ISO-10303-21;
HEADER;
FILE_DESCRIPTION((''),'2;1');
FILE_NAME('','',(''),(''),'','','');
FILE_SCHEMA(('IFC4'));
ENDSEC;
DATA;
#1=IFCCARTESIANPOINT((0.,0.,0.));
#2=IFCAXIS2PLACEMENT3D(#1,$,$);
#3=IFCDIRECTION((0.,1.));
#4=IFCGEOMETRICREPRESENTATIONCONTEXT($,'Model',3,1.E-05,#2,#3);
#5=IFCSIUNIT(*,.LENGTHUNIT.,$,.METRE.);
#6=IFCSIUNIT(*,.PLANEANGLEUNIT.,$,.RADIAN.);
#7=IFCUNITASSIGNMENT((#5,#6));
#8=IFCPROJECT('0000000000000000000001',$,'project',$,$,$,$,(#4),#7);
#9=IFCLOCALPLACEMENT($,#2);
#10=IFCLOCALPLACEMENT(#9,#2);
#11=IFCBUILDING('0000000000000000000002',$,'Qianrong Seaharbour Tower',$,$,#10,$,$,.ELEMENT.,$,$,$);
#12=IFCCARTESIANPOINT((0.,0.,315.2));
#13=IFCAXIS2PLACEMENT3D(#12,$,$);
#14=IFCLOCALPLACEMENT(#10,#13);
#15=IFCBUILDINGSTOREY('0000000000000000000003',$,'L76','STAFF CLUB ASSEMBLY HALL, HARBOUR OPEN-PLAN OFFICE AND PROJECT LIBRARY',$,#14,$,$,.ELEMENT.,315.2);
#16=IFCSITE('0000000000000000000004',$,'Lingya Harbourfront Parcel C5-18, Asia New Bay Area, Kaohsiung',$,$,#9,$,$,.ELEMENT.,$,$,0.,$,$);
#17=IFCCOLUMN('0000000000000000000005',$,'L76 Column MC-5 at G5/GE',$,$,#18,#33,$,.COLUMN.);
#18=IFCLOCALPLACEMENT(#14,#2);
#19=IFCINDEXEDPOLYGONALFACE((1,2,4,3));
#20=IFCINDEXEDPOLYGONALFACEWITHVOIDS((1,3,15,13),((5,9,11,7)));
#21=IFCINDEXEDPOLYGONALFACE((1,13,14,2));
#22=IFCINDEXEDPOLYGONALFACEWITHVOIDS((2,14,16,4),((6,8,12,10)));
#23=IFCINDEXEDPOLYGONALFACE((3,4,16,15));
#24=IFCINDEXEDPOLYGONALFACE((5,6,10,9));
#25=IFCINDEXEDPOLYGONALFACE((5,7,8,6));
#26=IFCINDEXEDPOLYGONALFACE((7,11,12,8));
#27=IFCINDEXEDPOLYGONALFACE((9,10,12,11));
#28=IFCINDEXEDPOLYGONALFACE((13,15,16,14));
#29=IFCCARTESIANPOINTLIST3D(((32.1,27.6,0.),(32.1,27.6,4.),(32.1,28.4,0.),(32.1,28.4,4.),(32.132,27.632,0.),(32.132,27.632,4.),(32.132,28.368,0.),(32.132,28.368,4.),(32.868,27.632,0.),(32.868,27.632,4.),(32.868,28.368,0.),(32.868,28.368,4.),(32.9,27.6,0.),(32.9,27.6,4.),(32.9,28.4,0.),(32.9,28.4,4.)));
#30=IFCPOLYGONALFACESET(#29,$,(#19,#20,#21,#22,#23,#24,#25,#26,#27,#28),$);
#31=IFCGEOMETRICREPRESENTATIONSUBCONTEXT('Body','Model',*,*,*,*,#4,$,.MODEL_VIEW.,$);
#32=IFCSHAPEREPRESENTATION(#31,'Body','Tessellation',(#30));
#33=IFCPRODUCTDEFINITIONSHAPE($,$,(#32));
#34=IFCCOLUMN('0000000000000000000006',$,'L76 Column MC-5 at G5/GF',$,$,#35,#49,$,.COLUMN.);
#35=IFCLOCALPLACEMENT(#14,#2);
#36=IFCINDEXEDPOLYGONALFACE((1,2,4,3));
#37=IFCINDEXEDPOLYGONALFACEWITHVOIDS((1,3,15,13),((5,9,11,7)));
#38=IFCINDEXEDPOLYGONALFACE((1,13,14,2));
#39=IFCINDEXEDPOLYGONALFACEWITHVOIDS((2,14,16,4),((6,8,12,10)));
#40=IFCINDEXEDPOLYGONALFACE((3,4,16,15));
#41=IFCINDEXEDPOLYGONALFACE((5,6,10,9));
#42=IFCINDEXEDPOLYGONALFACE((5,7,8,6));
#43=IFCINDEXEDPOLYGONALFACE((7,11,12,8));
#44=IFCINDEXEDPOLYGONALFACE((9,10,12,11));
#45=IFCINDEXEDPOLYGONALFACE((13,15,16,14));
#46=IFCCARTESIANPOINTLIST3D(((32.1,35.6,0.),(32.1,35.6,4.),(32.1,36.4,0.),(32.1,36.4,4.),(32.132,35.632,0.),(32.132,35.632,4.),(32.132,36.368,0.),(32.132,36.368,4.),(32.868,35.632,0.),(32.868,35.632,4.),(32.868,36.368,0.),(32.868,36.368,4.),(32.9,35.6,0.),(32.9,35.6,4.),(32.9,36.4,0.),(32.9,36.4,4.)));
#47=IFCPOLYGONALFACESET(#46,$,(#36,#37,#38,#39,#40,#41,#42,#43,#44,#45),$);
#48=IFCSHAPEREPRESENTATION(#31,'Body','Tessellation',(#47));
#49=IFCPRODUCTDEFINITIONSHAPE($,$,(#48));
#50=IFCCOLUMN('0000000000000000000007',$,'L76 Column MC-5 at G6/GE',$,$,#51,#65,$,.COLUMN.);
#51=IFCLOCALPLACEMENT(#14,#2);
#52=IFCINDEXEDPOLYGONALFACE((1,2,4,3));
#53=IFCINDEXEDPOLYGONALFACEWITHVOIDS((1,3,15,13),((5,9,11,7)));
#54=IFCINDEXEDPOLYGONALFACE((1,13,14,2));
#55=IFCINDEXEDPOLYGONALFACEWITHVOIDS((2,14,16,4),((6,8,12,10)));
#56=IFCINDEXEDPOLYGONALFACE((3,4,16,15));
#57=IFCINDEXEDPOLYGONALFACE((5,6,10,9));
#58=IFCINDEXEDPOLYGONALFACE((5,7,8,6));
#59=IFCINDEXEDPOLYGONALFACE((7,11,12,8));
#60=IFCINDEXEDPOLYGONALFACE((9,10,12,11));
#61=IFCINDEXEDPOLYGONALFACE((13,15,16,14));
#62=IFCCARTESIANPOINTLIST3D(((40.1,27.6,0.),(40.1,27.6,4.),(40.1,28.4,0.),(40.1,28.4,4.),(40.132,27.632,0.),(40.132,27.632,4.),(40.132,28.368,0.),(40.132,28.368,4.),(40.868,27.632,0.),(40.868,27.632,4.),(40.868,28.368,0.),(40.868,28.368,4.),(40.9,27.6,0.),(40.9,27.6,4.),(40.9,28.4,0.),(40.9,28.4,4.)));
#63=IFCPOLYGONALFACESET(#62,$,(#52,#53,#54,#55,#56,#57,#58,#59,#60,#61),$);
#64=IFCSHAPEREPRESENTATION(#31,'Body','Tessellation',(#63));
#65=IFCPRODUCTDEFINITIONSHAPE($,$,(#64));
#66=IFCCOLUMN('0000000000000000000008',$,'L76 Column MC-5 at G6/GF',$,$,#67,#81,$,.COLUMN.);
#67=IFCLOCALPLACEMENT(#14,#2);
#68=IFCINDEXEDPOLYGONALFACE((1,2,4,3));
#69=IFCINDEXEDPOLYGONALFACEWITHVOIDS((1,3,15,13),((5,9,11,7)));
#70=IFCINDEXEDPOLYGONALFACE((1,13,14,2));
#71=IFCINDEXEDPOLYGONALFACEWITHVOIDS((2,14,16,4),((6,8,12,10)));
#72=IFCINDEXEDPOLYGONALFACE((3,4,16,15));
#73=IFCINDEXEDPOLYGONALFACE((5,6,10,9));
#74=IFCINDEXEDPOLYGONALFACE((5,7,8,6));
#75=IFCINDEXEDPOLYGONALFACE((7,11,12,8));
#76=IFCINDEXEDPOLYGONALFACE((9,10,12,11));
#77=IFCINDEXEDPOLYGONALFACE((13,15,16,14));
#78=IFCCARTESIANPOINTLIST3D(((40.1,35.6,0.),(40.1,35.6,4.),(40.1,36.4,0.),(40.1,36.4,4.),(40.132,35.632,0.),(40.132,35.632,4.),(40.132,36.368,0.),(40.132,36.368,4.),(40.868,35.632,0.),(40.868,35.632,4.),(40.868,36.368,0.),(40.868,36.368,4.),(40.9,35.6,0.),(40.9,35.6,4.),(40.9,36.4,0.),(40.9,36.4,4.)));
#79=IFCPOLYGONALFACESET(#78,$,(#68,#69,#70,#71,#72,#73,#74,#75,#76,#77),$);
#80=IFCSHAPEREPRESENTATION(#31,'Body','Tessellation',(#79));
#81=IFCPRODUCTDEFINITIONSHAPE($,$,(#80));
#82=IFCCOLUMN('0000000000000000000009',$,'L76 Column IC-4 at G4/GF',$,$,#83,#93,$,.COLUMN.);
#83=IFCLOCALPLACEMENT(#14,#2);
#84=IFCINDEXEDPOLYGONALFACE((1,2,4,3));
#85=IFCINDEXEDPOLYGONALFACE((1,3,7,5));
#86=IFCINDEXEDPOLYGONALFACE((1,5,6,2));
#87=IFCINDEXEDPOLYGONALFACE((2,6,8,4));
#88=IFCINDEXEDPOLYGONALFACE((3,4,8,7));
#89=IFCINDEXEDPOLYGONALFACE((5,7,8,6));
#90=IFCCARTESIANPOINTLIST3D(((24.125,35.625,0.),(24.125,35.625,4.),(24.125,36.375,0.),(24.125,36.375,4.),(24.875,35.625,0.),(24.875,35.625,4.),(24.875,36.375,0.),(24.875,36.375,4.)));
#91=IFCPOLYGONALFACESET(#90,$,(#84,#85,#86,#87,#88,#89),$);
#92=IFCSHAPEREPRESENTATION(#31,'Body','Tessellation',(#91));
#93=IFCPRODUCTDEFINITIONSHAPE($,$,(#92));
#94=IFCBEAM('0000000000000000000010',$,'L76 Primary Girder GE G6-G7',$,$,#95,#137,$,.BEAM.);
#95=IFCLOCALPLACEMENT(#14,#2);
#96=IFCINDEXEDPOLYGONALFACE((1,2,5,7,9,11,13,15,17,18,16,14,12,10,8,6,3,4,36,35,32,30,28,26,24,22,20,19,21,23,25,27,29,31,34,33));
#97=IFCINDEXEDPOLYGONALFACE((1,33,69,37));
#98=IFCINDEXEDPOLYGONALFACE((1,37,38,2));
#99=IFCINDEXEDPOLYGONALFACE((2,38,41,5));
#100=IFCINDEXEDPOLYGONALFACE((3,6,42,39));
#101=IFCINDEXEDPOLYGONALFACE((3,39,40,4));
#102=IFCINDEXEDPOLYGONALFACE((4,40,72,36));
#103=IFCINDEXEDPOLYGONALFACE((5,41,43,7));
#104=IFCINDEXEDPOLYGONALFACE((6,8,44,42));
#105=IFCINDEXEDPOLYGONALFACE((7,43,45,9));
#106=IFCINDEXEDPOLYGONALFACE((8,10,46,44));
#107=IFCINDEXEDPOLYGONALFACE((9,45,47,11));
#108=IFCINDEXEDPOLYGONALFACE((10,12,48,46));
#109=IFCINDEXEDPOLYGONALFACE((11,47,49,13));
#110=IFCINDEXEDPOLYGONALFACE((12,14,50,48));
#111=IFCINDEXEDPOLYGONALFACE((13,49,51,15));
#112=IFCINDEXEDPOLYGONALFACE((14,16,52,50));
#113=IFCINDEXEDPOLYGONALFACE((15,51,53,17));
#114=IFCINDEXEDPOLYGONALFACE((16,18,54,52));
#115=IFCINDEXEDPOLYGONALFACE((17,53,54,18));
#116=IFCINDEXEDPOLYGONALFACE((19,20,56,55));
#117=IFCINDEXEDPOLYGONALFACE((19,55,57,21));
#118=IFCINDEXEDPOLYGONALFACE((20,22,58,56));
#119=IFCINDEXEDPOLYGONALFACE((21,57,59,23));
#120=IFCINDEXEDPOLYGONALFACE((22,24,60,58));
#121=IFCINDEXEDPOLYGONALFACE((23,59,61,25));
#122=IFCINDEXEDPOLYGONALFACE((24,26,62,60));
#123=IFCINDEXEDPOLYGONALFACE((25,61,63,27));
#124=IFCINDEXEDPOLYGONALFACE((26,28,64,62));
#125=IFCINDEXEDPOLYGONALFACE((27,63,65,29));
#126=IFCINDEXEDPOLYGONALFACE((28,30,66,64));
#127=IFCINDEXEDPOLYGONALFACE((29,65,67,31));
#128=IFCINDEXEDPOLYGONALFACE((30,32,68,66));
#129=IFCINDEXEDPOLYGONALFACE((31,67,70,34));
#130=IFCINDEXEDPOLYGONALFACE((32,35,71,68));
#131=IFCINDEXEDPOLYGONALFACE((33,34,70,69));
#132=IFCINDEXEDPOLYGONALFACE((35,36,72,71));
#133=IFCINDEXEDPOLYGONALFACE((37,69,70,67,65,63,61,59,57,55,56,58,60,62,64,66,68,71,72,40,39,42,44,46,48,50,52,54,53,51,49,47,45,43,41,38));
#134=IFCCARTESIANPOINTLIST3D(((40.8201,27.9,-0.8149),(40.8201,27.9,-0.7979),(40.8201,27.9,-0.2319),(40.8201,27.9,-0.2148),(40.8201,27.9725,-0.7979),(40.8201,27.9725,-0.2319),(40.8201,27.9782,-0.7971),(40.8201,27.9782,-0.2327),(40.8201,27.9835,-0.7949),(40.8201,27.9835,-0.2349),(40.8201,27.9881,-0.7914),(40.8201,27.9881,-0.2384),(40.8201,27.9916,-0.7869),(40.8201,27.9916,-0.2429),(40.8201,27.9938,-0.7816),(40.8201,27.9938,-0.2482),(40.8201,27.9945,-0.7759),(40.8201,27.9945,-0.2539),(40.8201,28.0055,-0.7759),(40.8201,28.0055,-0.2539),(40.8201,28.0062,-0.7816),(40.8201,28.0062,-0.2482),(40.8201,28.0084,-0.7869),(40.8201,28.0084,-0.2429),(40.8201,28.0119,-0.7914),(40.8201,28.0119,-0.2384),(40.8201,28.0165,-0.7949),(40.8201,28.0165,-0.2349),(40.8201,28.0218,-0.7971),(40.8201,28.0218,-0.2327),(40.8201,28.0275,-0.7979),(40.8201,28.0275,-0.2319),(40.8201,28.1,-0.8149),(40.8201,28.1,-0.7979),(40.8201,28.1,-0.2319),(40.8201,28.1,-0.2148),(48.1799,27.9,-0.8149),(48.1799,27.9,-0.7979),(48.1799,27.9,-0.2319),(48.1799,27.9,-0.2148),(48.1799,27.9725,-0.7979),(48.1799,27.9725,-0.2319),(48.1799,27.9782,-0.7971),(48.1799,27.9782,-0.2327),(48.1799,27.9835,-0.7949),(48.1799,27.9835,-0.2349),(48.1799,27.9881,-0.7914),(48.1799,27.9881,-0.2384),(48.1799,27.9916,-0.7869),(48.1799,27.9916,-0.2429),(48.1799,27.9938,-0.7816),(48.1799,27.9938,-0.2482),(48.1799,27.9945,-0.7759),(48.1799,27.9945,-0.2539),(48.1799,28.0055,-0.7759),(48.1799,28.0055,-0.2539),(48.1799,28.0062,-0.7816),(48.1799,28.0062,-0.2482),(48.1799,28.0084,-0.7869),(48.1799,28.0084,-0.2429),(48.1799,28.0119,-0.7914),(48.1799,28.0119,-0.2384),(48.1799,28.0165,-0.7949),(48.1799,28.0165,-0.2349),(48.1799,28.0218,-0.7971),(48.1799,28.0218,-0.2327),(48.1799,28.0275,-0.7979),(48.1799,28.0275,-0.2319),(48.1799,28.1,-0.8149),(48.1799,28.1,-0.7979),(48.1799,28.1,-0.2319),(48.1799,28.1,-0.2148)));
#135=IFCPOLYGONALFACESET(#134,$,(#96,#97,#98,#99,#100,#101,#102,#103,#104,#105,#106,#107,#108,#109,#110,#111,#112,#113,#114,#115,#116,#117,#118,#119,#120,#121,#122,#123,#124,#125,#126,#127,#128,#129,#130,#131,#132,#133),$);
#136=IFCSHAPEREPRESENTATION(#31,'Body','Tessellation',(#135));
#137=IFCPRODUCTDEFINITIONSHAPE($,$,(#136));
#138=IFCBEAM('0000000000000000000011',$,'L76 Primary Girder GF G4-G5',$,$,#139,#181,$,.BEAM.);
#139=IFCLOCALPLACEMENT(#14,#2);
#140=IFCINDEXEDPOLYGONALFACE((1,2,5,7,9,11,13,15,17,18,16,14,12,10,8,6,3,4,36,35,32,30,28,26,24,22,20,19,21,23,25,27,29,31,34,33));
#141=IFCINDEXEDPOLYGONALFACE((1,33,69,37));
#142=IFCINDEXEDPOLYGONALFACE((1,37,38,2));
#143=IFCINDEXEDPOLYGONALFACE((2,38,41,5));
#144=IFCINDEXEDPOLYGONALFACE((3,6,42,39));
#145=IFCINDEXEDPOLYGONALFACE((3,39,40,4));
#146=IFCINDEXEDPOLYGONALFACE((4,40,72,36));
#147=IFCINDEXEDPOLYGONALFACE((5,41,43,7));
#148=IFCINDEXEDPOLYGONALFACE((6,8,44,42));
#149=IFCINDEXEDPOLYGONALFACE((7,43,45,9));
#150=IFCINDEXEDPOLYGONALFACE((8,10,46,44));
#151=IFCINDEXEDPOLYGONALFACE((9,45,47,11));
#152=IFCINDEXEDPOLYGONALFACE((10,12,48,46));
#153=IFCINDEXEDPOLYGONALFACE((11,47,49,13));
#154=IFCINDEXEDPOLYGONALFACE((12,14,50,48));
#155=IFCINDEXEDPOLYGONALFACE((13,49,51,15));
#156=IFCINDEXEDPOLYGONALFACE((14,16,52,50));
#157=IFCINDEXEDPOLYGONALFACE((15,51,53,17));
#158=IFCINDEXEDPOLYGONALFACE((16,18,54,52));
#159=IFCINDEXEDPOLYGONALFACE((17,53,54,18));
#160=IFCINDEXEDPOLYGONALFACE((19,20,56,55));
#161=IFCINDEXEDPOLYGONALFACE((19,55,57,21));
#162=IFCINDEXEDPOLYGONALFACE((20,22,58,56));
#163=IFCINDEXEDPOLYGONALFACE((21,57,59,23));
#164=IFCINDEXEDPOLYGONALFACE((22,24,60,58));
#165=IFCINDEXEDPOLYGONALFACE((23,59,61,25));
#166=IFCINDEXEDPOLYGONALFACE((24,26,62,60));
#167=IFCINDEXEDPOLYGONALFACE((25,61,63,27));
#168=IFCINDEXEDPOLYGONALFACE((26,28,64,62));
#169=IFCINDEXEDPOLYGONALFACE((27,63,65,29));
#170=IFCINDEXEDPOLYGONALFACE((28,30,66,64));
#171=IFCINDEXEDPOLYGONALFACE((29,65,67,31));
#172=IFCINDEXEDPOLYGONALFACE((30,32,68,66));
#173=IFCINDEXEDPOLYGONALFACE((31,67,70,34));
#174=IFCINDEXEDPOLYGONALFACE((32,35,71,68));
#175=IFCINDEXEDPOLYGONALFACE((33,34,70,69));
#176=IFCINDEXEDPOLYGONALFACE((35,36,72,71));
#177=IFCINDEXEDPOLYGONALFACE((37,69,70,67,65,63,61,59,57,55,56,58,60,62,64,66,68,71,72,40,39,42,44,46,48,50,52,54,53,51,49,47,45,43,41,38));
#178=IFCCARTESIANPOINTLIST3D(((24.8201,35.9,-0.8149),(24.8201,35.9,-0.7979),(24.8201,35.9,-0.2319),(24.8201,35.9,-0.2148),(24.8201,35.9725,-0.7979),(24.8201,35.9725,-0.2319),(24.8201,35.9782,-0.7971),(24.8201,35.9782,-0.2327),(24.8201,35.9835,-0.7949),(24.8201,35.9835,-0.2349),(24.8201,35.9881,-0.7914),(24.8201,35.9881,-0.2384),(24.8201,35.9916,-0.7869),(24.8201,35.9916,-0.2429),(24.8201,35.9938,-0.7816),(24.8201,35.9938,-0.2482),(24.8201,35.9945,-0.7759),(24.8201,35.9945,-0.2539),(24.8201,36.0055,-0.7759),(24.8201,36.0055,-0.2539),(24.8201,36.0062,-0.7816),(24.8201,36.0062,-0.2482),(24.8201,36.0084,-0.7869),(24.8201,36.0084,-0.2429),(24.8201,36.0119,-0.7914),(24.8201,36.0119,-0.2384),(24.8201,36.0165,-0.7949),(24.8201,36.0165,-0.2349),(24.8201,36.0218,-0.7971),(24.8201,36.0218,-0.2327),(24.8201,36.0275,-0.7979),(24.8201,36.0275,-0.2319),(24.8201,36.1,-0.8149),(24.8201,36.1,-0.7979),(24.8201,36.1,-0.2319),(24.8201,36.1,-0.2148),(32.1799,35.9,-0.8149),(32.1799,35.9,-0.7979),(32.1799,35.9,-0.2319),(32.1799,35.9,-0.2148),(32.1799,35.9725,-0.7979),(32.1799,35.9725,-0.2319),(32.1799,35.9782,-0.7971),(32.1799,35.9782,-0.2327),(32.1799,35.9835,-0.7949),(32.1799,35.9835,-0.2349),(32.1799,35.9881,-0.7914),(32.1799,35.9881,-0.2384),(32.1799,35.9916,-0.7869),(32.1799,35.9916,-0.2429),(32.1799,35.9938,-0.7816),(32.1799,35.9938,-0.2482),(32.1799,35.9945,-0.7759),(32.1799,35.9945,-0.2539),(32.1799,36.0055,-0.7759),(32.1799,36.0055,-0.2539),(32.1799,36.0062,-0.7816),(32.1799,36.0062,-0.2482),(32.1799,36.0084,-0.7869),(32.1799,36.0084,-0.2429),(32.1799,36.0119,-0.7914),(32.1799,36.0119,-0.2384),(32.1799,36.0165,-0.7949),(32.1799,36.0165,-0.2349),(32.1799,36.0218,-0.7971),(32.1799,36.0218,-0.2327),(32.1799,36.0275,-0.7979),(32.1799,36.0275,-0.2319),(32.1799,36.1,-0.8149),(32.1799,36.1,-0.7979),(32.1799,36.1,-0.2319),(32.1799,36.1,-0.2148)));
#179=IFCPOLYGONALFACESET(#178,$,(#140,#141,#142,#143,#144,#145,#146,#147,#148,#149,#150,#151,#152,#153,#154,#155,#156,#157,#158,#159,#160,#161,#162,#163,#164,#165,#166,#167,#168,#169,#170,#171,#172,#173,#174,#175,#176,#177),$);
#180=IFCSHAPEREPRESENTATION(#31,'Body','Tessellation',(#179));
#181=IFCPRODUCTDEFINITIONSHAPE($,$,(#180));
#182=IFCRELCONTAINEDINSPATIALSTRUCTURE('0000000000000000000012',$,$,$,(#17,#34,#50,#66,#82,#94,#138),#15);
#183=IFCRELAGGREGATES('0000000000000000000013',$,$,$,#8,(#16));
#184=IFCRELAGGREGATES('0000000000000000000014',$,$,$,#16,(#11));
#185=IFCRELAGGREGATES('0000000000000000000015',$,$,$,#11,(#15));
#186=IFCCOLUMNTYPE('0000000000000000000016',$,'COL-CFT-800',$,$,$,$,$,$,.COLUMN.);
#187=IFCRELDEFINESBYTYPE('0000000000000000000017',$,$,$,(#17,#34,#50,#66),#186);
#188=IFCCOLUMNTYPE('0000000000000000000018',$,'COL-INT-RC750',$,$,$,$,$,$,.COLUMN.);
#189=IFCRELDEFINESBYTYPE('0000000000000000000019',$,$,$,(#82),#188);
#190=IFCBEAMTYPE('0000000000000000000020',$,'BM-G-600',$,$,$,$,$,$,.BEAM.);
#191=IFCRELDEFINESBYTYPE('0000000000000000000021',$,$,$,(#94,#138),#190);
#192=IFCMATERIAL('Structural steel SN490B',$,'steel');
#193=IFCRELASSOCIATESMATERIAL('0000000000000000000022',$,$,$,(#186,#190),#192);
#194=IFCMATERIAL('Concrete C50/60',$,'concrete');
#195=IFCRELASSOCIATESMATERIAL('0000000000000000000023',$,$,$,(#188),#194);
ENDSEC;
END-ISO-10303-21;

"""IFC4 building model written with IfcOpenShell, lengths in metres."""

from ifc_helpers import new_model, si_unit, direction, frame, origin, origin_2d, place, context, subcontext, project, spatial, rectangle, hollow_rectangle, i_section, extrude, material, material_profile, profile_set, type_object, element, save


model = new_model("IFC4")

# Units and contexts
model_context = context("Model", 3, precision=1e-05, world=origin(), true_north=direction((0.0, 1.0)))
body_context = subcontext(model_context, "Body", "Model", "MODEL_VIEW")
ifc_project = project(units=[si_unit("LENGTHUNIT", "METRE"), si_unit("PLANEANGLEUNIT", "RADIAN")], contexts=[model_context])

# Site, building, storey
site_placement = place(None, origin())
site = spatial("IfcSite", under=ifc_project, at=site_placement, Name="Lingya Harbourfront Parcel C5-18, Asia New Bay Area, Kaohsiung", CompositionType="ELEMENT", RefElevation=0.0)
building_placement = place(site_placement, origin())
building = spatial("IfcBuilding", under=site, at=building_placement, Name="Qianrong Seaharbour Tower", CompositionType="ELEMENT")
storey_placement = place(building_placement, frame((0.0, 0.0, 315.2)))
storey = spatial("IfcBuildingStorey", under=building, at=storey_placement, Name="L76", Description="STAFF CLUB ASSEMBLY HALL, HARBOUR OPEN-PLAN OFFICE AND PROJECT LIBRARY", CompositionType="ELEMENT", Elevation=315.2)

# Columns
ifc_material_1 = material(Name="Structural steel SN490B", Category="steel")
ifc_material_profile_1 = material_profile(ifc_material_1, hollow_rectangle(XDim=0.8, YDim=0.8, WallThickness=0.032, at=origin_2d()), Name="BOX800x800x32")
ifc_profile_set_1 = profile_set([ifc_material_profile_1], Name="Structural steel SN490B")
column_type_1 = type_object("IfcColumnType", Name="COL-CFT-800", PredefinedType="COLUMN", material=ifc_profile_set_1)
for number, where, z_axis, x_axis, name in (
    (1, (32.5, 28.0, 0.0), (0.0, 0.0, 1.0), (1.0, 0.0, 0.0), "L76 Column MC-5 at G5/GE"),
    (2, (32.5, 36.0, 0.0), (0.0, 0.0, 1.0), (1.0, 0.0, 0.0), "L76 Column MC-5 at G5/GF"),
    (3, (40.5, 28.0, 0.0), (0.0, 0.0, 1.0), (1.0, 0.0, 0.0), "L76 Column MC-5 at G6/GE"),
    (4, (40.5, 36.0, 0.0), (0.0, 0.0, 1.0), (1.0, 0.0, 0.0), "L76 Column MC-5 at G6/GF"),
):
    element("IfcColumn", number, at=place(storey_placement, frame(where, z_axis=z_axis, x_axis=x_axis)), inside=storey, type_object=column_type_1, Name=name, PredefinedType="COLUMN", context=body_context, shape_type="SweptSolid", body=[
        extrude(hollow_rectangle(XDim=0.8, YDim=0.8, WallThickness=0.032, at=origin_2d()), origin(), (0.0, 0.0, 1.0), 4.0),
    ])
ifc_material_2 = material(Name="Concrete C50/60", Category="concrete")
ifc_material_profile_2 = material_profile(ifc_material_2, rectangle(XDim=0.75, YDim=0.75, at=origin_2d()), Name="RC750x750")
ifc_profile_set_2 = profile_set([ifc_material_profile_2], Name="Concrete C50/60")
column_type_2 = type_object("IfcColumnType", Name="COL-INT-RC750", PredefinedType="COLUMN", material=ifc_profile_set_2)
column_placement = place(storey_placement, frame((24.5, 36.0, 0.0), z_axis=(0.0, 0.0, 1.0), x_axis=(1.0, 0.0, 0.0)))
element("IfcColumn", 5, at=column_placement, inside=storey, type_object=column_type_2, Name="L76 Column IC-4 at G4/GF", PredefinedType="COLUMN", context=body_context, shape_type="SweptSolid", body=[
    extrude(rectangle(XDim=0.75, YDim=0.75, at=origin_2d()), origin(), (0.0, 0.0, 1.0), 4.0),
])

# Beams
ifc_material_profile_3 = material_profile(ifc_material_1, i_section(OverallWidth=0.2, OverallDepth=0.6001, WebThickness=0.011, FlangeThickness=0.0171, FilletRadius=0.022, at=origin_2d()), Name="H600x200x11x17")
ifc_profile_set_3 = profile_set([ifc_material_profile_3], Name="Structural steel SN490B")
beam_type_1 = type_object("IfcBeamType", Name="BM-G-600", PredefinedType="BEAM", material=ifc_profile_set_3)
for number, where, z_axis, x_axis, name in (
    (6, (40.8201, 28.0, -0.5149), (1.0, 0.0, 0.0), (0.0, 1.0, 0.0), "L76 Primary Girder GE G6-G7"),
    (7, (24.8201, 36.0, -0.5149), (1.0, 0.0, 0.0), (0.0, 1.0, 0.0), "L76 Primary Girder GF G4-G5"),
):
    element("IfcBeam", number, at=place(storey_placement, frame(where, z_axis=z_axis, x_axis=x_axis)), inside=storey, type_object=beam_type_1, Name=name, PredefinedType="BEAM", context=body_context, shape_type="SweptSolid", body=[
        extrude(i_section(OverallWidth=0.2, OverallDepth=0.6001, WebThickness=0.011, FlangeThickness=0.0171, FilletRadius=0.022, at=origin_2d()), origin(), (0.0, 0.0, 1.0), 7.3599),
    ])

save(model, "model.ifc")
